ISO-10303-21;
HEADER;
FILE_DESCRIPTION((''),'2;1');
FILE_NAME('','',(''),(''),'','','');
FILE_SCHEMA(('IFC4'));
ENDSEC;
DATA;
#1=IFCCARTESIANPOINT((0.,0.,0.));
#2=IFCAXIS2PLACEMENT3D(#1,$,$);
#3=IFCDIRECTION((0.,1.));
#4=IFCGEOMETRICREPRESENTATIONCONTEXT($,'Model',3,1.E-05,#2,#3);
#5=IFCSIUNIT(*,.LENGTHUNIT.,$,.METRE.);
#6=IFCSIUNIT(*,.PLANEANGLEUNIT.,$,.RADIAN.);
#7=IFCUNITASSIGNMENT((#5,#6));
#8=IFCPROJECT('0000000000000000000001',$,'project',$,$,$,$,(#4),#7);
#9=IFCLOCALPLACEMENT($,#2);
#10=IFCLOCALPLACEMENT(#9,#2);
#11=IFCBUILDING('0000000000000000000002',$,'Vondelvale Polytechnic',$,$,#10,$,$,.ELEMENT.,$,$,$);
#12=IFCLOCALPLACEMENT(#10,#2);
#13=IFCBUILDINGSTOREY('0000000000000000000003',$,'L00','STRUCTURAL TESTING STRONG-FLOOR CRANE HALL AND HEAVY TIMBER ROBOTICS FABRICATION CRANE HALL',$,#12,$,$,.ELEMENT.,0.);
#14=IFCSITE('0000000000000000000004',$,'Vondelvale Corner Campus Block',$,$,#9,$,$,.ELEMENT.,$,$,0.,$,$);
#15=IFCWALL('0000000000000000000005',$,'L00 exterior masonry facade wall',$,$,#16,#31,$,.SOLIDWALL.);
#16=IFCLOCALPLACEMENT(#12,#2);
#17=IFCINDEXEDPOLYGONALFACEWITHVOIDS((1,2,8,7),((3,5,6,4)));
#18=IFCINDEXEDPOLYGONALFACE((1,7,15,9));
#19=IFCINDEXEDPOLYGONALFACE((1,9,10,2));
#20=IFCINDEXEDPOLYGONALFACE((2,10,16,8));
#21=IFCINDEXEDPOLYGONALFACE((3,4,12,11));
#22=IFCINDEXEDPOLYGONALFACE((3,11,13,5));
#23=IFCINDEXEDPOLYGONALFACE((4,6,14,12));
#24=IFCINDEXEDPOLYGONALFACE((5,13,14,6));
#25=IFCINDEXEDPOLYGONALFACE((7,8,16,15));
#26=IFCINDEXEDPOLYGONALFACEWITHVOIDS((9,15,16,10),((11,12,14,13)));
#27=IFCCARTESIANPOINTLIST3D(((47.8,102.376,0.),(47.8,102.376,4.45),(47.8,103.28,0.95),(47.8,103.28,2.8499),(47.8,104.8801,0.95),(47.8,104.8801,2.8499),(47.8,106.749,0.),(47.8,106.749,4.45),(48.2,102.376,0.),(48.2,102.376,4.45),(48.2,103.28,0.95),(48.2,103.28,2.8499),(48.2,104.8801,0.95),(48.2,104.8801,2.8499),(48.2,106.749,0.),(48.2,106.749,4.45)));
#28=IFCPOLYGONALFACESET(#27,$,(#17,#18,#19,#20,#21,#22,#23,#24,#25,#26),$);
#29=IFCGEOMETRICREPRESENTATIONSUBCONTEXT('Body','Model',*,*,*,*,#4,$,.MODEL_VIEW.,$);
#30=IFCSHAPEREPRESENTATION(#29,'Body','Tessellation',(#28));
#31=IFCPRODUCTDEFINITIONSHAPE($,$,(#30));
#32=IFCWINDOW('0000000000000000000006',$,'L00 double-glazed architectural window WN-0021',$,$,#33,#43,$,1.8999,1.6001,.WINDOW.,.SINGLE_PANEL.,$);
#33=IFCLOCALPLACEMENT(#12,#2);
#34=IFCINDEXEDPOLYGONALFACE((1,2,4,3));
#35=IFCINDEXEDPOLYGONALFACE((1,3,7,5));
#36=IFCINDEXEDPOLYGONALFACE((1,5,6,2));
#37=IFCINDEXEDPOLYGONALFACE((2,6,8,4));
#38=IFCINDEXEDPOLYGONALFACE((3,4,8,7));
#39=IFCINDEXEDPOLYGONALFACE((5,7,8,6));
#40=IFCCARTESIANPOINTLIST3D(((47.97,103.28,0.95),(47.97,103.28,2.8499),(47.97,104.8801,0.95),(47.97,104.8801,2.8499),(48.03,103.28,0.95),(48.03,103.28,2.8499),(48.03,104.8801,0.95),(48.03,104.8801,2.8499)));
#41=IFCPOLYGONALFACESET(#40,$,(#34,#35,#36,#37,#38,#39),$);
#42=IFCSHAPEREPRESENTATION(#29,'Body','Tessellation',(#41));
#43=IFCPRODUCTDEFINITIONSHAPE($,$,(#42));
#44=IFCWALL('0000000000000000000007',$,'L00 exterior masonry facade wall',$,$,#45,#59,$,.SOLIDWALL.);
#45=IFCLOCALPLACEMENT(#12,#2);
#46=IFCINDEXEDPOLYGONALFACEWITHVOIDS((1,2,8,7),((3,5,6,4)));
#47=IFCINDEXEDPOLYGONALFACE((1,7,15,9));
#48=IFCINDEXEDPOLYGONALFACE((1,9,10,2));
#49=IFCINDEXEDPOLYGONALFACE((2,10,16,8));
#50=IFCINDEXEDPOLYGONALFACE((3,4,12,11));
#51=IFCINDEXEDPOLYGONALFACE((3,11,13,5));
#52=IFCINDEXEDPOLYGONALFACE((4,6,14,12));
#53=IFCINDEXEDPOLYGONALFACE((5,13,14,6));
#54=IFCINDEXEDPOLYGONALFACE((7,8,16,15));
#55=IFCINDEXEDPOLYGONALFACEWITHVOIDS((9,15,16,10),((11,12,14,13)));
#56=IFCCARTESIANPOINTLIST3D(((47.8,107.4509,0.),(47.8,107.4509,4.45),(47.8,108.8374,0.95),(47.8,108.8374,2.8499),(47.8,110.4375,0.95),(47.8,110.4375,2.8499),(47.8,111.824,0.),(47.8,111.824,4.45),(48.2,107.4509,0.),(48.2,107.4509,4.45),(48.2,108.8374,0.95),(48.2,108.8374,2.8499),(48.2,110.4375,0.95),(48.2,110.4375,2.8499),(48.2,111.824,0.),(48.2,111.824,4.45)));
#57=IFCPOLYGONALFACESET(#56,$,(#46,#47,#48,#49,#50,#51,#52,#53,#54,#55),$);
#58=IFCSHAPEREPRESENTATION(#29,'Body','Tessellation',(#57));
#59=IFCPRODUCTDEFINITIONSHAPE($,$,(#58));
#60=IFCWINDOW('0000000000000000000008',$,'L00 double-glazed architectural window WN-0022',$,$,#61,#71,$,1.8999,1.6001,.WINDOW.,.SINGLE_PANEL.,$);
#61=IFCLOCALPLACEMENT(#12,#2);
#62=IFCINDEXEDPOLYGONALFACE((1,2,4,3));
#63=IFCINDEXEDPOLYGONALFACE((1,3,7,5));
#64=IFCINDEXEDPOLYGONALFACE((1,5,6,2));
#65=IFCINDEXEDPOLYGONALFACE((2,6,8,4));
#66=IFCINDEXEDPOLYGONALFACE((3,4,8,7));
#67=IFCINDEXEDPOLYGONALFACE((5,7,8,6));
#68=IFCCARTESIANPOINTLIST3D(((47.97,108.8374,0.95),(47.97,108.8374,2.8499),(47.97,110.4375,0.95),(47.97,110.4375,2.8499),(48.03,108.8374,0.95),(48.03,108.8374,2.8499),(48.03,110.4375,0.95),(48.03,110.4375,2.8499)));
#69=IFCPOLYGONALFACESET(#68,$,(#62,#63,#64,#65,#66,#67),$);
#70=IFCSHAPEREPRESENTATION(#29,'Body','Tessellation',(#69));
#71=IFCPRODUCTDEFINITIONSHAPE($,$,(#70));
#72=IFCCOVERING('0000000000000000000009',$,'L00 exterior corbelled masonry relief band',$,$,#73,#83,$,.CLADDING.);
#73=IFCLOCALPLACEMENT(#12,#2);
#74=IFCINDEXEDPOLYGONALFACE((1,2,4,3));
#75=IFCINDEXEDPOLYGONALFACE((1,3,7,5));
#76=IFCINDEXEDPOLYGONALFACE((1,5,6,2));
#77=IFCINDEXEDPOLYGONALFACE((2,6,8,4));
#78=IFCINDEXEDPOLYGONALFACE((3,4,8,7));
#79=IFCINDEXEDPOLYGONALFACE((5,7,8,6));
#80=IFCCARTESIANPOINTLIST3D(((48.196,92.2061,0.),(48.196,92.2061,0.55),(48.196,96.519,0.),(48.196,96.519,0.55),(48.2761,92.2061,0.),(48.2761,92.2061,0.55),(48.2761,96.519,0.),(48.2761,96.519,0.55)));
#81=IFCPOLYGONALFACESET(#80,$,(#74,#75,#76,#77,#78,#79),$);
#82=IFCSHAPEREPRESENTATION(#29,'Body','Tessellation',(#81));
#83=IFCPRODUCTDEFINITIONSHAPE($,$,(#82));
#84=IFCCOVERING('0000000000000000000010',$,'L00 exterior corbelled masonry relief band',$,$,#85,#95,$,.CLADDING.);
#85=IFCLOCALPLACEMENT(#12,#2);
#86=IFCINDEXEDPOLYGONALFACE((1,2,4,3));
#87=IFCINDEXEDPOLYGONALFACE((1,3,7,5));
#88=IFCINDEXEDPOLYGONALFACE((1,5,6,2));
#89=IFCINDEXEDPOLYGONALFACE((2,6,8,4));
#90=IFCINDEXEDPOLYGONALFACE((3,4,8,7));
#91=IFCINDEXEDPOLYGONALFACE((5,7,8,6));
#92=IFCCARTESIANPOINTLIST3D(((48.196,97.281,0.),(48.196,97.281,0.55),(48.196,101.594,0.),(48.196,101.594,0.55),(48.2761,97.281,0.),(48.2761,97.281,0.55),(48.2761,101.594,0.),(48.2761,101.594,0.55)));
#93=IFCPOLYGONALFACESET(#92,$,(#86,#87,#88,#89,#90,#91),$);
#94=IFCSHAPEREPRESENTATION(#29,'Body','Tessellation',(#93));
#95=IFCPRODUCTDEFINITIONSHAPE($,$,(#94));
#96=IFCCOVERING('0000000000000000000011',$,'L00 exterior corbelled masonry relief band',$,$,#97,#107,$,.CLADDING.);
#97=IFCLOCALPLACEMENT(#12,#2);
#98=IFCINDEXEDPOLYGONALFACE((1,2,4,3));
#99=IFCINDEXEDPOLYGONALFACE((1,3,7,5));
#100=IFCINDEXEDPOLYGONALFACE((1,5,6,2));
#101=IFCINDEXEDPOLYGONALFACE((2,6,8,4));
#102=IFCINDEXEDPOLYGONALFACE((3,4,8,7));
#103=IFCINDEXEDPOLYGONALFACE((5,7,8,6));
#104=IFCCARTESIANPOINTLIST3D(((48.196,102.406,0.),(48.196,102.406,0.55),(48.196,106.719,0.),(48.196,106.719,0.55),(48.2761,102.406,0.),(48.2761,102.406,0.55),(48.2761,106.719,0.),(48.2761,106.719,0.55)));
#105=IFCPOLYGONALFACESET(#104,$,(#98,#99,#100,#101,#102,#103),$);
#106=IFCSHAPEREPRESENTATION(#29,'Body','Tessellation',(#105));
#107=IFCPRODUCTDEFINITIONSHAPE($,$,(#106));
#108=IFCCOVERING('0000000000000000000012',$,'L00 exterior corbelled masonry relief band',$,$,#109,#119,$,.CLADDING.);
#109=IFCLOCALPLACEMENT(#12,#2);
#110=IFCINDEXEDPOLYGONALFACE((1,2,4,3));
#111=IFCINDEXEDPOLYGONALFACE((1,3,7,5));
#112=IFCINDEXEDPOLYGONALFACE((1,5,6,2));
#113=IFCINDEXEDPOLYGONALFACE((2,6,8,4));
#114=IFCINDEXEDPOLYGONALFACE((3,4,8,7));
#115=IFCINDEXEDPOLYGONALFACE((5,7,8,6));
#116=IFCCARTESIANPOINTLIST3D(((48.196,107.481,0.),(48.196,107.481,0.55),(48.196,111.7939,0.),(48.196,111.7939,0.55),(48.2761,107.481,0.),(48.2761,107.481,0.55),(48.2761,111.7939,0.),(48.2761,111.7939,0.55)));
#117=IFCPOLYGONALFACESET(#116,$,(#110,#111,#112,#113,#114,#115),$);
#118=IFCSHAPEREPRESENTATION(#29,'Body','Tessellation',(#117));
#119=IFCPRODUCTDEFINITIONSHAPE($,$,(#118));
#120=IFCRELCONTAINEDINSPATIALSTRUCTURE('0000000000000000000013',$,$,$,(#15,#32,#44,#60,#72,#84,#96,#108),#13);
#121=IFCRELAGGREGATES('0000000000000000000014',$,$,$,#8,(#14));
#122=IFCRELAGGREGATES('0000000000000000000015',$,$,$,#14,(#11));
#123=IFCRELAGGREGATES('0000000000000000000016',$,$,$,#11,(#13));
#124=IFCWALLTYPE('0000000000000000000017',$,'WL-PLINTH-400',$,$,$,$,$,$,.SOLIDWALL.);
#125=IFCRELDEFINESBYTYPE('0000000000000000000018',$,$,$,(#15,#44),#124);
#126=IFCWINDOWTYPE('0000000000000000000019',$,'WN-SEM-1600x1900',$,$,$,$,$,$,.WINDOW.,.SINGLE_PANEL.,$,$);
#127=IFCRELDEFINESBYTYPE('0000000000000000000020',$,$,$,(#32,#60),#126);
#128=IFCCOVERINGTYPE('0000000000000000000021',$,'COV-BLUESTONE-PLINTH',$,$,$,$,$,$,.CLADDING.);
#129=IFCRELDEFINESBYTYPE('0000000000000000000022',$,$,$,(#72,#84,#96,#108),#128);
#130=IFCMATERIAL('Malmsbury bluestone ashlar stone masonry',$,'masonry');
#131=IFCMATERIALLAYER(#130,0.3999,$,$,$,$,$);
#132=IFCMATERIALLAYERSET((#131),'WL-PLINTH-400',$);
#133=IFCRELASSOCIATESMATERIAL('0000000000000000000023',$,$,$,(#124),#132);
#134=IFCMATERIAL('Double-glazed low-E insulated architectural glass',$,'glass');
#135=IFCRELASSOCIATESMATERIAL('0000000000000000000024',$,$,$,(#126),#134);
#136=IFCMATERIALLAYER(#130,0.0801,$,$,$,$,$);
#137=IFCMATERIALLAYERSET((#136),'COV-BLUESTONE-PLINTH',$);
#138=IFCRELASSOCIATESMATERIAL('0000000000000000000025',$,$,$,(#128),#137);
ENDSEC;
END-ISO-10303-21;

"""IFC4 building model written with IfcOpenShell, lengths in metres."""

from ifc_helpers import new_model, si_unit, direction, frame, frame_2d, origin, origin_2d, place, context, subcontext, project, spatial, rectangle, extrude, material, layer, layer_set, type_object, element, fill, save


model = new_model("IFC4")

# Units and contexts
model_context = context("Model", 3, precision=1e-05, world=origin(), true_north=direction((0.0, 1.0)))
body_context = subcontext(model_context, "Body", "Model", "MODEL_VIEW")
ifc_project = project(units=[si_unit("LENGTHUNIT", "METRE"), si_unit("PLANEANGLEUNIT", "RADIAN")], contexts=[model_context])

# Site, building, storey
site_placement = place(None, origin())
site = spatial("IfcSite", under=ifc_project, at=site_placement, Name="Vondelvale Corner Campus Block", CompositionType="ELEMENT", RefElevation=0.0)
building_placement = place(site_placement, origin())
building = spatial("IfcBuilding", under=site, at=building_placement, Name="Vondelvale Polytechnic", CompositionType="ELEMENT")
storey_placement = place(building_placement, origin())
storey = spatial("IfcBuildingStorey", under=building, at=storey_placement, Name="L00", Description="STRUCTURAL TESTING STRONG-FLOOR CRANE HALL AND HEAVY TIMBER ROBOTICS FABRICATION CRANE HALL", CompositionType="ELEMENT", Elevation=0.0)

# Walls, openings, windows
ifc_material_1 = material(Name="Malmsbury bluestone ashlar stone masonry", Category="masonry")
ifc_layer_1 = layer(ifc_material_1, 0.3999)
ifc_layer_set_1 = layer_set([ifc_layer_1], Name="WL-PLINTH-400")
wall_type_1 = type_object("IfcWallType", Name="WL-PLINTH-400", PredefinedType="SOLIDWALL", material=ifc_layer_set_1)
ifc_material_2 = material(Name="Double-glazed low-E insulated architectural glass", Category="glass")
window_type = type_object("IfcWindowType", Name="WN-SEM-1600x1900", PartitioningType="SINGLE_PANEL", PredefinedType="WINDOW", material=ifc_material_2)
wall_1_placement = place(storey_placement, frame((48.0, 106.749, 0.0), z_axis=(0.0, 0.0, 1.0), x_axis=(0.0, -1.0, 0.0)))
wall_1 = element("IfcWall", 1, at=wall_1_placement, inside=storey, type_object=wall_type_1, Name="L00 exterior masonry facade wall", PredefinedType="SOLIDWALL", context=body_context, shape_type="SweptSolid", body=[
    extrude(rectangle(XDim=4.373, YDim=0.3999, at=frame_2d((2.1865, 0.0))), origin(), (0.0, 0.0, 1.0), 4.45),
])
opening_1_placement = place(wall_1_placement, frame((1.8689, 0.0, 0.95)))
opening_1 = element("IfcOpeningElement", 2, at=opening_1_placement, cuts=wall_1, PredefinedType="OPENING", context=body_context, shape_type="SweptSolid", body=[
    extrude(rectangle(XDim=1.6001, YDim=1.8999, at=frame_2d((0.8, 0.95))), frame((0.0, 0.21, 0.0), z_axis=(0.0, -1.0, 0.0), x_axis=(1.0, 0.0, 0.0)), (0.0, 0.0, 1.0), 0.4199),
])
window_1_placement = place(opening_1_placement, origin())
window_1 = element("IfcWindow", 3, at=window_1_placement, inside=storey, type_object=window_type, Name="L00 double-glazed architectural window WN-0021", OverallHeight=1.8999, OverallWidth=1.6001, PartitioningType="SINGLE_PANEL", PredefinedType="WINDOW", context=body_context, shape_type="SweptSolid", body=[
    extrude(rectangle(XDim=1.6001, YDim=1.8999, at=frame_2d((0.8, 0.95))), frame((0.0, 0.03, 0.0), z_axis=(0.0, -1.0, 0.0), x_axis=(1.0, 0.0, 0.0)), (0.0, 0.0, 1.0), 0.0601),
])
fill(opening_1, window_1)
wall_2_placement = place(storey_placement, frame((48.0, 111.824, 0.0), z_axis=(0.0, 0.0, 1.0), x_axis=(0.0, -1.0, 0.0)))
wall_2 = element("IfcWall", 4, at=wall_2_placement, inside=storey, type_object=wall_type_1, Name="L00 exterior masonry facade wall", PredefinedType="SOLIDWALL", context=body_context, shape_type="SweptSolid", body=[
    extrude(rectangle(XDim=4.373, YDim=0.3999, at=frame_2d((2.1865, 0.0))), origin(), (0.0, 0.0, 1.0), 4.45),
])
opening_2_placement = place(wall_2_placement, frame((1.3865, 0.0, 0.95)))
opening_2 = element("IfcOpeningElement", 5, at=opening_2_placement, cuts=wall_2, PredefinedType="OPENING", context=body_context, shape_type="SweptSolid", body=[
    extrude(rectangle(XDim=1.6001, YDim=1.8999, at=frame_2d((0.8, 0.95))), frame((0.0, 0.21, 0.0), z_axis=(0.0, -1.0, 0.0), x_axis=(1.0, 0.0, 0.0)), (0.0, 0.0, 1.0), 0.4199),
])
window_2_placement = place(opening_2_placement, origin())
window_2 = element("IfcWindow", 6, at=window_2_placement, inside=storey, type_object=window_type, Name="L00 double-glazed architectural window WN-0022", OverallHeight=1.8999, OverallWidth=1.6001, PartitioningType="SINGLE_PANEL", PredefinedType="WINDOW", context=body_context, shape_type="SweptSolid", body=[
    extrude(rectangle(XDim=1.6001, YDim=1.8999, at=frame_2d((0.8, 0.95))), frame((0.0, 0.03, 0.0), z_axis=(0.0, -1.0, 0.0), x_axis=(1.0, 0.0, 0.0)), (0.0, 0.0, 1.0), 0.0601),
])
fill(opening_2, window_2)

# Coverings
ifc_layer_2 = layer(ifc_material_1, 0.0801)
ifc_layer_set_2 = layer_set([ifc_layer_2], Name="COV-BLUESTONE-PLINTH")
covering_type = type_object("IfcCoveringType", Name="COV-BLUESTONE-PLINTH", PredefinedType="CLADDING", material=ifc_layer_set_2)
for number, where, z_axis, x_axis, name in (
    (7, (48.2361, 94.3625, 0.0), (0.0, 0.0, 1.0), (0.0, -1.0, 0.0), "L00 exterior corbelled masonry relief band"),
    (8, (48.2361, 99.4375, 0.0), (0.0, 0.0, 1.0), (0.0, -1.0, 0.0), "L00 exterior corbelled masonry relief band"),
    (9, (48.2361, 104.5625, 0.0), (0.0, 0.0, 1.0), (0.0, -1.0, 0.0), "L00 exterior corbelled masonry relief band"),
    (10, (48.2361, 109.6375, 0.0), (0.0, 0.0, 1.0), (0.0, -1.0, 0.0), "L00 exterior corbelled masonry relief band"),
):
    element("IfcCovering", number, at=place(storey_placement, frame(where, z_axis=z_axis, x_axis=x_axis)), inside=storey, type_object=covering_type, Name=name, PredefinedType="CLADDING", context=body_context, shape_type="SweptSolid", body=[
        extrude(rectangle(XDim=4.313, YDim=0.0801, at=origin_2d()), origin(), (0.0, 0.0, 1.0), 0.55),
    ])

save(model, "model.ifc")
